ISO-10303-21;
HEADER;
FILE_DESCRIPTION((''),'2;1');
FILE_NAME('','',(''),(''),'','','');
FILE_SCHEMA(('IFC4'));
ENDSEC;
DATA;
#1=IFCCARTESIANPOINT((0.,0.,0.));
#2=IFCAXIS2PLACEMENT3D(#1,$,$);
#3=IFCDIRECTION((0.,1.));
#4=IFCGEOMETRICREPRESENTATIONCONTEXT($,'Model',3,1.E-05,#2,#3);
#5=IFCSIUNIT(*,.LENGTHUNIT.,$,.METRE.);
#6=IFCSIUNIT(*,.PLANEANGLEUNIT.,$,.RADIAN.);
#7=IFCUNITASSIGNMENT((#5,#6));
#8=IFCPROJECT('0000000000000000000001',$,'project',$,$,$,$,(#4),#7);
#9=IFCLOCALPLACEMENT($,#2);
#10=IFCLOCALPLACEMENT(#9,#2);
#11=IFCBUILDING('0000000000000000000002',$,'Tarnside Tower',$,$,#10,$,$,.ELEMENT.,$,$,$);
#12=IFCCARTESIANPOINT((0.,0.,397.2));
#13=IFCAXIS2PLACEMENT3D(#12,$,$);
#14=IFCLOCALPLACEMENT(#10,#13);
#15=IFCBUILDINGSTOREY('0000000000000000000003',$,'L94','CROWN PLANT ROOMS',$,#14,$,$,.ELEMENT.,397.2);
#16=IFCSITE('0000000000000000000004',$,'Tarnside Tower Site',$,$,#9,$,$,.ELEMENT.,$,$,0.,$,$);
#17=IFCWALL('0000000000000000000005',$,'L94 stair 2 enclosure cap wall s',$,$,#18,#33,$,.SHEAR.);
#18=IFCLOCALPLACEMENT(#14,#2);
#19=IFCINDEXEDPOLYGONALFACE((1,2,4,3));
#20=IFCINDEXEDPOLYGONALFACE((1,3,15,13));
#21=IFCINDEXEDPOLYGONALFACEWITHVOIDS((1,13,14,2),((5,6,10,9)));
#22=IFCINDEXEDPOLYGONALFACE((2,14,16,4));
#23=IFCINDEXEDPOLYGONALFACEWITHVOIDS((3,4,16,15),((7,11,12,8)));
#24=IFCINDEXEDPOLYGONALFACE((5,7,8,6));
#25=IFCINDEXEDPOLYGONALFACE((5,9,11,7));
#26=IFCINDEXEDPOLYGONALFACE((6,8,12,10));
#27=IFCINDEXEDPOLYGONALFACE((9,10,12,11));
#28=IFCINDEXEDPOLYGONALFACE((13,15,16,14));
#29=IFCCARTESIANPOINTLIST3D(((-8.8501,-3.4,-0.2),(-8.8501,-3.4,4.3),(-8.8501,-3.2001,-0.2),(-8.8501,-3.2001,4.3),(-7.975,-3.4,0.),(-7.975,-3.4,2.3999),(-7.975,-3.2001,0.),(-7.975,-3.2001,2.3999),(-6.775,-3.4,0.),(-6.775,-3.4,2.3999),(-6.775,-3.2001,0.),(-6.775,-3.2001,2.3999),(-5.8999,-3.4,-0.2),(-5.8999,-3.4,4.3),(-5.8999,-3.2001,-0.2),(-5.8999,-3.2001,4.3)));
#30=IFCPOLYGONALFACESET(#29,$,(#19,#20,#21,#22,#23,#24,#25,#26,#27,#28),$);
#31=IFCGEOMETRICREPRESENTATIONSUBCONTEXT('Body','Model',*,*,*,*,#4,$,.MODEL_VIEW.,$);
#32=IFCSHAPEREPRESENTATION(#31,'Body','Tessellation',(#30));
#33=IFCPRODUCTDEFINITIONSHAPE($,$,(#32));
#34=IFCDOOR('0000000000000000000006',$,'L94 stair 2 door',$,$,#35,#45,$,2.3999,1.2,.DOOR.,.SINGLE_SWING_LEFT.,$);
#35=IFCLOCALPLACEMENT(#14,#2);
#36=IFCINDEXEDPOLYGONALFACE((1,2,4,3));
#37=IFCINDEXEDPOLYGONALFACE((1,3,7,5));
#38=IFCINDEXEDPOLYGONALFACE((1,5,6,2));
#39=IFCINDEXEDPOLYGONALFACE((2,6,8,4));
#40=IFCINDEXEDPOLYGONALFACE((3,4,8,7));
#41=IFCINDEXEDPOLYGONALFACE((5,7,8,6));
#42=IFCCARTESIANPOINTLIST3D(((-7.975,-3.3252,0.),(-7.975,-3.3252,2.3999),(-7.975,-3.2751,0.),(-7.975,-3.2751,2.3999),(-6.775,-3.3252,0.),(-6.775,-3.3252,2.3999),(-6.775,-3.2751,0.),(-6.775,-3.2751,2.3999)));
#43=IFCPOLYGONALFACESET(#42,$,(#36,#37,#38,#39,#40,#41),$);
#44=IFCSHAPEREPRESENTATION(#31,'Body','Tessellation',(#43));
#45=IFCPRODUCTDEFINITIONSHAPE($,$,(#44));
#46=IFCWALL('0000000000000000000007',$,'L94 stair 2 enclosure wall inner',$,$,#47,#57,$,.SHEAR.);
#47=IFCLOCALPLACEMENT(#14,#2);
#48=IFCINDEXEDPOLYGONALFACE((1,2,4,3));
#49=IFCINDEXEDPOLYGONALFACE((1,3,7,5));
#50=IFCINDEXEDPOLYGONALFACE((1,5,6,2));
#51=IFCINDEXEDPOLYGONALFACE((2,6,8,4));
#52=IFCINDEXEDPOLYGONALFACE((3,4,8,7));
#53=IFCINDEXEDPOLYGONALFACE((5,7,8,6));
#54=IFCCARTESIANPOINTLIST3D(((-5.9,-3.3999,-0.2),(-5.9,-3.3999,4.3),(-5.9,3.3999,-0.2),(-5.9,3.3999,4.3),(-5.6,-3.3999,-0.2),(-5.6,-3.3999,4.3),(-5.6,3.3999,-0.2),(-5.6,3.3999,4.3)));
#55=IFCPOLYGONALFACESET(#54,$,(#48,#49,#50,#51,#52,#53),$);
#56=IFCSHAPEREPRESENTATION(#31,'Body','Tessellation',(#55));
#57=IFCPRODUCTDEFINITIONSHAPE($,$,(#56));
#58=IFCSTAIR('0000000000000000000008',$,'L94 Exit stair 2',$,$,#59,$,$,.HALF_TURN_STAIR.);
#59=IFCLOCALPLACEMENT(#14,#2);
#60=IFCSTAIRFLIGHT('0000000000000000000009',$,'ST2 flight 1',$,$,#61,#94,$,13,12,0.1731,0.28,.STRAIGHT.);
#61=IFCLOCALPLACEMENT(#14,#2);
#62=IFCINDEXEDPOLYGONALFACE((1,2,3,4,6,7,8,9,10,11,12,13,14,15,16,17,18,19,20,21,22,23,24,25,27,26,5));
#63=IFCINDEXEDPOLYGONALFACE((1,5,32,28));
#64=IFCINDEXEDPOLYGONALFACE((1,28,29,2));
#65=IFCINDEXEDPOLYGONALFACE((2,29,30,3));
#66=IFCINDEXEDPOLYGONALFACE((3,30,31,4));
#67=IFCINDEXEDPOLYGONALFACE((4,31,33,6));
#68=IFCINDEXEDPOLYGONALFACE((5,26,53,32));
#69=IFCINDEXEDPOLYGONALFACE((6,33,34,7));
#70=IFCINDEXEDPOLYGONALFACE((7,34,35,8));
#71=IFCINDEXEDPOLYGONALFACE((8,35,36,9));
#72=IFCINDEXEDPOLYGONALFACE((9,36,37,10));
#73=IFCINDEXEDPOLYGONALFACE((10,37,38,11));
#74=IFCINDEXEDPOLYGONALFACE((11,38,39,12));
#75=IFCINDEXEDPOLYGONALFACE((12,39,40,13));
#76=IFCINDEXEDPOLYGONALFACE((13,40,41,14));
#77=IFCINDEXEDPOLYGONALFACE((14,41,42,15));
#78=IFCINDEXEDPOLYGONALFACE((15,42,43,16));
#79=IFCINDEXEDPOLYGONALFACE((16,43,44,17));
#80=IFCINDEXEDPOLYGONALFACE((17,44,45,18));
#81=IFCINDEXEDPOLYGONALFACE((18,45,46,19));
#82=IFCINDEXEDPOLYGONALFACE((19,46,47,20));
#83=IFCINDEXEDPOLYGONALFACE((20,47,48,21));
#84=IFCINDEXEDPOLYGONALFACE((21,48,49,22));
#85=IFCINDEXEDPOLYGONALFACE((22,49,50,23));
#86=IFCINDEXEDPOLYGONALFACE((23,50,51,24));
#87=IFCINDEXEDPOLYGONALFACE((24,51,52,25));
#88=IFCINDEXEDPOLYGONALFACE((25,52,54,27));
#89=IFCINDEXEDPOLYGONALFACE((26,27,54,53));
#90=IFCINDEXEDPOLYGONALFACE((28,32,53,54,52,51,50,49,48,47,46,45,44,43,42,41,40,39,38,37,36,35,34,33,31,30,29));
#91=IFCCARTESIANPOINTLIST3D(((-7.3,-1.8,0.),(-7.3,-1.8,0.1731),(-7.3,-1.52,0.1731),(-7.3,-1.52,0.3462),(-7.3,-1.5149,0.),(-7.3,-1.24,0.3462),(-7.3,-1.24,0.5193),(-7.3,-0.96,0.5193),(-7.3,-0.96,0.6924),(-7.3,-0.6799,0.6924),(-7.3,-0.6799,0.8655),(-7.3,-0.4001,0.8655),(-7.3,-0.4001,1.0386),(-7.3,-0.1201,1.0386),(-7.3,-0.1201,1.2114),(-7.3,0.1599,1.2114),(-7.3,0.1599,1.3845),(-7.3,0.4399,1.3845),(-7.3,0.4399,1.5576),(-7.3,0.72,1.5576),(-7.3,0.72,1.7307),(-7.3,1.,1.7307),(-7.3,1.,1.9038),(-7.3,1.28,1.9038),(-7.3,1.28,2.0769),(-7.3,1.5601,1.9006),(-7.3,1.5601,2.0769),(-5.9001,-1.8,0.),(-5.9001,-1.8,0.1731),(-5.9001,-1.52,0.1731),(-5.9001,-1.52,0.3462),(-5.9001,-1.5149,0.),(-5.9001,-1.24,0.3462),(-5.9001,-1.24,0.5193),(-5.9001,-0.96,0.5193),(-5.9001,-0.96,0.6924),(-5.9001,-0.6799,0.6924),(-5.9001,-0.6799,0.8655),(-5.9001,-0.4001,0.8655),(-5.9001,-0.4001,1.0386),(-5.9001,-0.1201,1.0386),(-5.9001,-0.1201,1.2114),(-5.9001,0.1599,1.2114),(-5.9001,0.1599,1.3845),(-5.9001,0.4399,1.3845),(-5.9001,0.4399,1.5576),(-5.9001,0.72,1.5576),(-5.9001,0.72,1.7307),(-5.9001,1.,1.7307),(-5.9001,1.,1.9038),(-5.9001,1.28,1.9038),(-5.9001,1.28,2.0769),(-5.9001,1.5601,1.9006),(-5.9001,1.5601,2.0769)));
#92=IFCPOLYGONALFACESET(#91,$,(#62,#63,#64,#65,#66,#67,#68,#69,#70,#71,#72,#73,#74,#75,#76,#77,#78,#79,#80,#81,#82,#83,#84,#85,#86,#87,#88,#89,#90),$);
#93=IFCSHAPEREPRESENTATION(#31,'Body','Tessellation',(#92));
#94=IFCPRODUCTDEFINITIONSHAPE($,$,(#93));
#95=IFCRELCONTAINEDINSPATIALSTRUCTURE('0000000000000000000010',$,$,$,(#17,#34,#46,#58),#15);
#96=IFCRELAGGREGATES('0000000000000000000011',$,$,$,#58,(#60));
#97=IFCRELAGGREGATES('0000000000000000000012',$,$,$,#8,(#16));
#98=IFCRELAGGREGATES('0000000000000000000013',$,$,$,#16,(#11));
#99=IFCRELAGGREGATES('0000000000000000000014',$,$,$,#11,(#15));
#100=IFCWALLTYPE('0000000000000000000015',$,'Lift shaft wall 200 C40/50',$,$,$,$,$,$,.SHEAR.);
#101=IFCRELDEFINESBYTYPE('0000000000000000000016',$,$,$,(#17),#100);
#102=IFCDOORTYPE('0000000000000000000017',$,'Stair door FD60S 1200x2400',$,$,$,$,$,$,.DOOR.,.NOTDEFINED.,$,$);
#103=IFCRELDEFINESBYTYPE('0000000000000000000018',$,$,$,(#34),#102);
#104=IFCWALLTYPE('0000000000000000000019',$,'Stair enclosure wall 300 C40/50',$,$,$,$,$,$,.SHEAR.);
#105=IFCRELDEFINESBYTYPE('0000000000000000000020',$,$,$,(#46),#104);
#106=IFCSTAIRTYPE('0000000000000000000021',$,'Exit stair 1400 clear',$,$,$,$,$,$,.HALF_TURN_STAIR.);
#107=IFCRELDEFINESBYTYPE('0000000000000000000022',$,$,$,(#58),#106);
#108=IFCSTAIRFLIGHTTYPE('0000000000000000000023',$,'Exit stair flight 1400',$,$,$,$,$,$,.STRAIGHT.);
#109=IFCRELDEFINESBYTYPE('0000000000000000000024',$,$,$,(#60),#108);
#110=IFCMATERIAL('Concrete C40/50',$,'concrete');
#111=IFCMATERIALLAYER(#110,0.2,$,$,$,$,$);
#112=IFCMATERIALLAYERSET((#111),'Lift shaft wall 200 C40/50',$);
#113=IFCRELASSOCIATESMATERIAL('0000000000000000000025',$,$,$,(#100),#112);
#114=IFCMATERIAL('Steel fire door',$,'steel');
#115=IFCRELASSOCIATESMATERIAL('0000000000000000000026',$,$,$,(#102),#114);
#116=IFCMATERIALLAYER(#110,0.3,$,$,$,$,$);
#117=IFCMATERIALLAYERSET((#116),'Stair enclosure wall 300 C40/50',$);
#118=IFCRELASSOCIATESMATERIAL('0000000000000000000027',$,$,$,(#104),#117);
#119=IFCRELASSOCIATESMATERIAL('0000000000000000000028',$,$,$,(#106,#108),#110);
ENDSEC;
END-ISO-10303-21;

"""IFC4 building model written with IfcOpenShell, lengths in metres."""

from ifc_helpers import new_model, si_unit, direction, frame, frame_2d, origin, place, context, subcontext, project, spatial, polyline, rectangle, outline, extrude, material, layer, layer_set, type_object, element, fill, aggregate, save


model = new_model("IFC4")

# Units and contexts
model_context = context("Model", 3, precision=1e-05, world=origin(), true_north=direction((0.0, 1.0)))
body_context = subcontext(model_context, "Body", "Model", "MODEL_VIEW")
ifc_project = project(units=[si_unit("LENGTHUNIT", "METRE"), si_unit("PLANEANGLEUNIT", "RADIAN")], contexts=[model_context])

# Site, building, storey
site_placement = place(None, origin())
site = spatial("IfcSite", under=ifc_project, at=site_placement, Name="Tarnside Tower Site", CompositionType="ELEMENT", RefElevation=0.0)
building_placement = place(site_placement, origin())
building = spatial("IfcBuilding", under=site, at=building_placement, Name="Tarnside Tower", CompositionType="ELEMENT")
storey_placement = place(building_placement, frame((0.0, 0.0, 397.2)))
storey = spatial("IfcBuildingStorey", under=building, at=storey_placement, Name="L94", Description="CROWN PLANT ROOMS", CompositionType="ELEMENT", Elevation=397.2)

# Shared definitions
ifc_material_1 = material(Name="Concrete C40/50", Category="concrete")
ifc_layer_1 = layer(ifc_material_1, 0.2)
ifc_layer_set_1 = layer_set([ifc_layer_1], Name="Lift shaft wall 200 C40/50")
wall_type_1 = type_object("IfcWallType", Name="Lift shaft wall 200 C40/50", PredefinedType="SHEAR", material=ifc_layer_set_1)

# Shared definitions
ifc_material_2 = material(Name="Steel fire door", Category="steel")

# Wall, opening, door
wall_1_placement = place(storey_placement, frame((-8.8501, -3.3, -0.2), z_axis=(0.0, 0.0, 1.0), x_axis=(1.0, 0.0, 0.0)))
wall_1 = element("IfcWall", 1, at=wall_1_placement, inside=storey, type_object=wall_type_1, Name="L94 stair 2 enclosure cap wall s", PredefinedType="SHEAR", context=body_context, shape_type="SweptSolid", body=[
    extrude(rectangle(XDim=2.9502, YDim=0.2, at=frame_2d((1.4751, 0.0))), origin(), (0.0, 0.0, 1.0), 4.5),
])
opening_1_placement = place(wall_1_placement, frame((0.875, 0.0, 0.2)))
opening_1 = element("IfcOpeningElement", 2, at=opening_1_placement, cuts=wall_1, PredefinedType="OPENING", context=body_context, shape_type="SweptSolid", body=[
    extrude(rectangle(XDim=1.2, YDim=2.3999, at=frame_2d((0.6001, 1.2))), frame((0.0, 0.1099, 0.0), z_axis=(0.0, -1.0, 0.0), x_axis=(1.0, 0.0, 0.0)), (0.0, 0.0, 1.0), 0.22),
])
door_type_1 = type_object("IfcDoorType", Name="Stair door FD60S 1200x2400", OperationType="NOTDEFINED", PredefinedType="DOOR", material=ifc_material_2)
door_1_placement = place(opening_1_placement, origin())
door_1 = element("IfcDoor", 3, at=door_1_placement, inside=storey, type_object=door_type_1, Name="L94 stair 2 door", OperationType="SINGLE_SWING_LEFT", OverallHeight=2.3999, OverallWidth=1.2, PredefinedType="DOOR", context=body_context, shape_type="SweptSolid", body=[
    extrude(rectangle(XDim=1.2, YDim=2.3999, at=frame_2d((0.6001, 1.2))), frame((0.0, 0.0249, 0.0), z_axis=(0.0, -1.0, 0.0), x_axis=(1.0, 0.0, 0.0)), (0.0, 0.0, 1.0), 0.05),
])
fill(opening_1, door_1)

# Wall
ifc_layer_2 = layer(ifc_material_1, 0.3)
ifc_layer_set_2 = layer_set([ifc_layer_2], Name="Stair enclosure wall 300 C40/50")
wall_type_2 = type_object("IfcWallType", Name="Stair enclosure wall 300 C40/50", PredefinedType="SHEAR", material=ifc_layer_set_2)
wall_2_placement = place(storey_placement, frame((-5.75, -3.3999, -0.2), z_axis=(0.0, 0.0, 1.0), x_axis=(0.0, 1.0, 0.0)))
element("IfcWall", 4, at=wall_2_placement, inside=storey, type_object=wall_type_2, Name="L94 stair 2 enclosure wall inner", PredefinedType="SHEAR", context=body_context, shape_type="SweptSolid", body=[
    extrude(rectangle(XDim=6.7998, YDim=0.3, at=frame_2d((3.3999, 0.0))), origin(), (0.0, 0.0, 1.0), 4.5),
])

# Stair, stair flight
stair_type = type_object("IfcStairType", Name="Exit stair 1400 clear", PredefinedType="HALF_TURN_STAIR", material=ifc_material_1)
stair_placement = place(storey_placement, origin())
stair = element("IfcStair", 5, at=stair_placement, inside=storey, type_object=stair_type, Name="L94 Exit stair 2", PredefinedType="HALF_TURN_STAIR")
stair_flight_type = type_object("IfcStairFlightType", Name="Exit stair flight 1400", PredefinedType="STRAIGHT", material=ifc_material_1)
stair_flight_placement = place(storey_placement, frame((-6.6001, -1.8, 0.0), z_axis=(0.0, 0.0, 1.0), x_axis=(0.0, 1.0, 0.0)))
stair_flight = element("IfcStairFlight", 6, at=stair_flight_placement, type_object=stair_flight_type, Name="ST2 flight 1", NumberOfRisers=13, NumberOfTreads=12, PredefinedType="STRAIGHT", RiserHeight=0.1731, TreadLength=0.28, context=body_context, shape_type="SweptSolid", body=[
    extrude(outline(polyline([(0.0, 0.0), (0.0, 0.1731), (0.28, 0.1731), (0.28, 0.3462), (0.5601, 0.3462), (0.5601, 0.5193), (0.8401, 0.5193), (0.8401, 0.6924), (1.1201, 0.6924), (1.1201, 0.8655), (1.3999, 0.8655), (1.3999, 1.0386), (1.6799, 1.0386), (1.6799, 1.2114), (1.96, 1.2114), (1.96, 1.3845), (2.24, 1.3845), (2.24, 1.5576), (2.52, 1.5576), (2.52, 1.7307), (2.8, 1.7307), (2.8, 1.9038), (3.0801, 1.9038), (3.0801, 2.0769), (3.3601, 2.0769), (3.3601, 2.25), (3.3601, 1.9006), (0.2852, 0.0), (0.0, 0.0)])), frame((0.0, 0.7, 0.0), z_axis=(0.0, -1.0, 0.0), x_axis=(1.0, 0.0, 0.0)), (0.0, 0.0, 1.0), 1.3999),
])
aggregate(stair, [stair_flight])

save(model, "model.ifc")
